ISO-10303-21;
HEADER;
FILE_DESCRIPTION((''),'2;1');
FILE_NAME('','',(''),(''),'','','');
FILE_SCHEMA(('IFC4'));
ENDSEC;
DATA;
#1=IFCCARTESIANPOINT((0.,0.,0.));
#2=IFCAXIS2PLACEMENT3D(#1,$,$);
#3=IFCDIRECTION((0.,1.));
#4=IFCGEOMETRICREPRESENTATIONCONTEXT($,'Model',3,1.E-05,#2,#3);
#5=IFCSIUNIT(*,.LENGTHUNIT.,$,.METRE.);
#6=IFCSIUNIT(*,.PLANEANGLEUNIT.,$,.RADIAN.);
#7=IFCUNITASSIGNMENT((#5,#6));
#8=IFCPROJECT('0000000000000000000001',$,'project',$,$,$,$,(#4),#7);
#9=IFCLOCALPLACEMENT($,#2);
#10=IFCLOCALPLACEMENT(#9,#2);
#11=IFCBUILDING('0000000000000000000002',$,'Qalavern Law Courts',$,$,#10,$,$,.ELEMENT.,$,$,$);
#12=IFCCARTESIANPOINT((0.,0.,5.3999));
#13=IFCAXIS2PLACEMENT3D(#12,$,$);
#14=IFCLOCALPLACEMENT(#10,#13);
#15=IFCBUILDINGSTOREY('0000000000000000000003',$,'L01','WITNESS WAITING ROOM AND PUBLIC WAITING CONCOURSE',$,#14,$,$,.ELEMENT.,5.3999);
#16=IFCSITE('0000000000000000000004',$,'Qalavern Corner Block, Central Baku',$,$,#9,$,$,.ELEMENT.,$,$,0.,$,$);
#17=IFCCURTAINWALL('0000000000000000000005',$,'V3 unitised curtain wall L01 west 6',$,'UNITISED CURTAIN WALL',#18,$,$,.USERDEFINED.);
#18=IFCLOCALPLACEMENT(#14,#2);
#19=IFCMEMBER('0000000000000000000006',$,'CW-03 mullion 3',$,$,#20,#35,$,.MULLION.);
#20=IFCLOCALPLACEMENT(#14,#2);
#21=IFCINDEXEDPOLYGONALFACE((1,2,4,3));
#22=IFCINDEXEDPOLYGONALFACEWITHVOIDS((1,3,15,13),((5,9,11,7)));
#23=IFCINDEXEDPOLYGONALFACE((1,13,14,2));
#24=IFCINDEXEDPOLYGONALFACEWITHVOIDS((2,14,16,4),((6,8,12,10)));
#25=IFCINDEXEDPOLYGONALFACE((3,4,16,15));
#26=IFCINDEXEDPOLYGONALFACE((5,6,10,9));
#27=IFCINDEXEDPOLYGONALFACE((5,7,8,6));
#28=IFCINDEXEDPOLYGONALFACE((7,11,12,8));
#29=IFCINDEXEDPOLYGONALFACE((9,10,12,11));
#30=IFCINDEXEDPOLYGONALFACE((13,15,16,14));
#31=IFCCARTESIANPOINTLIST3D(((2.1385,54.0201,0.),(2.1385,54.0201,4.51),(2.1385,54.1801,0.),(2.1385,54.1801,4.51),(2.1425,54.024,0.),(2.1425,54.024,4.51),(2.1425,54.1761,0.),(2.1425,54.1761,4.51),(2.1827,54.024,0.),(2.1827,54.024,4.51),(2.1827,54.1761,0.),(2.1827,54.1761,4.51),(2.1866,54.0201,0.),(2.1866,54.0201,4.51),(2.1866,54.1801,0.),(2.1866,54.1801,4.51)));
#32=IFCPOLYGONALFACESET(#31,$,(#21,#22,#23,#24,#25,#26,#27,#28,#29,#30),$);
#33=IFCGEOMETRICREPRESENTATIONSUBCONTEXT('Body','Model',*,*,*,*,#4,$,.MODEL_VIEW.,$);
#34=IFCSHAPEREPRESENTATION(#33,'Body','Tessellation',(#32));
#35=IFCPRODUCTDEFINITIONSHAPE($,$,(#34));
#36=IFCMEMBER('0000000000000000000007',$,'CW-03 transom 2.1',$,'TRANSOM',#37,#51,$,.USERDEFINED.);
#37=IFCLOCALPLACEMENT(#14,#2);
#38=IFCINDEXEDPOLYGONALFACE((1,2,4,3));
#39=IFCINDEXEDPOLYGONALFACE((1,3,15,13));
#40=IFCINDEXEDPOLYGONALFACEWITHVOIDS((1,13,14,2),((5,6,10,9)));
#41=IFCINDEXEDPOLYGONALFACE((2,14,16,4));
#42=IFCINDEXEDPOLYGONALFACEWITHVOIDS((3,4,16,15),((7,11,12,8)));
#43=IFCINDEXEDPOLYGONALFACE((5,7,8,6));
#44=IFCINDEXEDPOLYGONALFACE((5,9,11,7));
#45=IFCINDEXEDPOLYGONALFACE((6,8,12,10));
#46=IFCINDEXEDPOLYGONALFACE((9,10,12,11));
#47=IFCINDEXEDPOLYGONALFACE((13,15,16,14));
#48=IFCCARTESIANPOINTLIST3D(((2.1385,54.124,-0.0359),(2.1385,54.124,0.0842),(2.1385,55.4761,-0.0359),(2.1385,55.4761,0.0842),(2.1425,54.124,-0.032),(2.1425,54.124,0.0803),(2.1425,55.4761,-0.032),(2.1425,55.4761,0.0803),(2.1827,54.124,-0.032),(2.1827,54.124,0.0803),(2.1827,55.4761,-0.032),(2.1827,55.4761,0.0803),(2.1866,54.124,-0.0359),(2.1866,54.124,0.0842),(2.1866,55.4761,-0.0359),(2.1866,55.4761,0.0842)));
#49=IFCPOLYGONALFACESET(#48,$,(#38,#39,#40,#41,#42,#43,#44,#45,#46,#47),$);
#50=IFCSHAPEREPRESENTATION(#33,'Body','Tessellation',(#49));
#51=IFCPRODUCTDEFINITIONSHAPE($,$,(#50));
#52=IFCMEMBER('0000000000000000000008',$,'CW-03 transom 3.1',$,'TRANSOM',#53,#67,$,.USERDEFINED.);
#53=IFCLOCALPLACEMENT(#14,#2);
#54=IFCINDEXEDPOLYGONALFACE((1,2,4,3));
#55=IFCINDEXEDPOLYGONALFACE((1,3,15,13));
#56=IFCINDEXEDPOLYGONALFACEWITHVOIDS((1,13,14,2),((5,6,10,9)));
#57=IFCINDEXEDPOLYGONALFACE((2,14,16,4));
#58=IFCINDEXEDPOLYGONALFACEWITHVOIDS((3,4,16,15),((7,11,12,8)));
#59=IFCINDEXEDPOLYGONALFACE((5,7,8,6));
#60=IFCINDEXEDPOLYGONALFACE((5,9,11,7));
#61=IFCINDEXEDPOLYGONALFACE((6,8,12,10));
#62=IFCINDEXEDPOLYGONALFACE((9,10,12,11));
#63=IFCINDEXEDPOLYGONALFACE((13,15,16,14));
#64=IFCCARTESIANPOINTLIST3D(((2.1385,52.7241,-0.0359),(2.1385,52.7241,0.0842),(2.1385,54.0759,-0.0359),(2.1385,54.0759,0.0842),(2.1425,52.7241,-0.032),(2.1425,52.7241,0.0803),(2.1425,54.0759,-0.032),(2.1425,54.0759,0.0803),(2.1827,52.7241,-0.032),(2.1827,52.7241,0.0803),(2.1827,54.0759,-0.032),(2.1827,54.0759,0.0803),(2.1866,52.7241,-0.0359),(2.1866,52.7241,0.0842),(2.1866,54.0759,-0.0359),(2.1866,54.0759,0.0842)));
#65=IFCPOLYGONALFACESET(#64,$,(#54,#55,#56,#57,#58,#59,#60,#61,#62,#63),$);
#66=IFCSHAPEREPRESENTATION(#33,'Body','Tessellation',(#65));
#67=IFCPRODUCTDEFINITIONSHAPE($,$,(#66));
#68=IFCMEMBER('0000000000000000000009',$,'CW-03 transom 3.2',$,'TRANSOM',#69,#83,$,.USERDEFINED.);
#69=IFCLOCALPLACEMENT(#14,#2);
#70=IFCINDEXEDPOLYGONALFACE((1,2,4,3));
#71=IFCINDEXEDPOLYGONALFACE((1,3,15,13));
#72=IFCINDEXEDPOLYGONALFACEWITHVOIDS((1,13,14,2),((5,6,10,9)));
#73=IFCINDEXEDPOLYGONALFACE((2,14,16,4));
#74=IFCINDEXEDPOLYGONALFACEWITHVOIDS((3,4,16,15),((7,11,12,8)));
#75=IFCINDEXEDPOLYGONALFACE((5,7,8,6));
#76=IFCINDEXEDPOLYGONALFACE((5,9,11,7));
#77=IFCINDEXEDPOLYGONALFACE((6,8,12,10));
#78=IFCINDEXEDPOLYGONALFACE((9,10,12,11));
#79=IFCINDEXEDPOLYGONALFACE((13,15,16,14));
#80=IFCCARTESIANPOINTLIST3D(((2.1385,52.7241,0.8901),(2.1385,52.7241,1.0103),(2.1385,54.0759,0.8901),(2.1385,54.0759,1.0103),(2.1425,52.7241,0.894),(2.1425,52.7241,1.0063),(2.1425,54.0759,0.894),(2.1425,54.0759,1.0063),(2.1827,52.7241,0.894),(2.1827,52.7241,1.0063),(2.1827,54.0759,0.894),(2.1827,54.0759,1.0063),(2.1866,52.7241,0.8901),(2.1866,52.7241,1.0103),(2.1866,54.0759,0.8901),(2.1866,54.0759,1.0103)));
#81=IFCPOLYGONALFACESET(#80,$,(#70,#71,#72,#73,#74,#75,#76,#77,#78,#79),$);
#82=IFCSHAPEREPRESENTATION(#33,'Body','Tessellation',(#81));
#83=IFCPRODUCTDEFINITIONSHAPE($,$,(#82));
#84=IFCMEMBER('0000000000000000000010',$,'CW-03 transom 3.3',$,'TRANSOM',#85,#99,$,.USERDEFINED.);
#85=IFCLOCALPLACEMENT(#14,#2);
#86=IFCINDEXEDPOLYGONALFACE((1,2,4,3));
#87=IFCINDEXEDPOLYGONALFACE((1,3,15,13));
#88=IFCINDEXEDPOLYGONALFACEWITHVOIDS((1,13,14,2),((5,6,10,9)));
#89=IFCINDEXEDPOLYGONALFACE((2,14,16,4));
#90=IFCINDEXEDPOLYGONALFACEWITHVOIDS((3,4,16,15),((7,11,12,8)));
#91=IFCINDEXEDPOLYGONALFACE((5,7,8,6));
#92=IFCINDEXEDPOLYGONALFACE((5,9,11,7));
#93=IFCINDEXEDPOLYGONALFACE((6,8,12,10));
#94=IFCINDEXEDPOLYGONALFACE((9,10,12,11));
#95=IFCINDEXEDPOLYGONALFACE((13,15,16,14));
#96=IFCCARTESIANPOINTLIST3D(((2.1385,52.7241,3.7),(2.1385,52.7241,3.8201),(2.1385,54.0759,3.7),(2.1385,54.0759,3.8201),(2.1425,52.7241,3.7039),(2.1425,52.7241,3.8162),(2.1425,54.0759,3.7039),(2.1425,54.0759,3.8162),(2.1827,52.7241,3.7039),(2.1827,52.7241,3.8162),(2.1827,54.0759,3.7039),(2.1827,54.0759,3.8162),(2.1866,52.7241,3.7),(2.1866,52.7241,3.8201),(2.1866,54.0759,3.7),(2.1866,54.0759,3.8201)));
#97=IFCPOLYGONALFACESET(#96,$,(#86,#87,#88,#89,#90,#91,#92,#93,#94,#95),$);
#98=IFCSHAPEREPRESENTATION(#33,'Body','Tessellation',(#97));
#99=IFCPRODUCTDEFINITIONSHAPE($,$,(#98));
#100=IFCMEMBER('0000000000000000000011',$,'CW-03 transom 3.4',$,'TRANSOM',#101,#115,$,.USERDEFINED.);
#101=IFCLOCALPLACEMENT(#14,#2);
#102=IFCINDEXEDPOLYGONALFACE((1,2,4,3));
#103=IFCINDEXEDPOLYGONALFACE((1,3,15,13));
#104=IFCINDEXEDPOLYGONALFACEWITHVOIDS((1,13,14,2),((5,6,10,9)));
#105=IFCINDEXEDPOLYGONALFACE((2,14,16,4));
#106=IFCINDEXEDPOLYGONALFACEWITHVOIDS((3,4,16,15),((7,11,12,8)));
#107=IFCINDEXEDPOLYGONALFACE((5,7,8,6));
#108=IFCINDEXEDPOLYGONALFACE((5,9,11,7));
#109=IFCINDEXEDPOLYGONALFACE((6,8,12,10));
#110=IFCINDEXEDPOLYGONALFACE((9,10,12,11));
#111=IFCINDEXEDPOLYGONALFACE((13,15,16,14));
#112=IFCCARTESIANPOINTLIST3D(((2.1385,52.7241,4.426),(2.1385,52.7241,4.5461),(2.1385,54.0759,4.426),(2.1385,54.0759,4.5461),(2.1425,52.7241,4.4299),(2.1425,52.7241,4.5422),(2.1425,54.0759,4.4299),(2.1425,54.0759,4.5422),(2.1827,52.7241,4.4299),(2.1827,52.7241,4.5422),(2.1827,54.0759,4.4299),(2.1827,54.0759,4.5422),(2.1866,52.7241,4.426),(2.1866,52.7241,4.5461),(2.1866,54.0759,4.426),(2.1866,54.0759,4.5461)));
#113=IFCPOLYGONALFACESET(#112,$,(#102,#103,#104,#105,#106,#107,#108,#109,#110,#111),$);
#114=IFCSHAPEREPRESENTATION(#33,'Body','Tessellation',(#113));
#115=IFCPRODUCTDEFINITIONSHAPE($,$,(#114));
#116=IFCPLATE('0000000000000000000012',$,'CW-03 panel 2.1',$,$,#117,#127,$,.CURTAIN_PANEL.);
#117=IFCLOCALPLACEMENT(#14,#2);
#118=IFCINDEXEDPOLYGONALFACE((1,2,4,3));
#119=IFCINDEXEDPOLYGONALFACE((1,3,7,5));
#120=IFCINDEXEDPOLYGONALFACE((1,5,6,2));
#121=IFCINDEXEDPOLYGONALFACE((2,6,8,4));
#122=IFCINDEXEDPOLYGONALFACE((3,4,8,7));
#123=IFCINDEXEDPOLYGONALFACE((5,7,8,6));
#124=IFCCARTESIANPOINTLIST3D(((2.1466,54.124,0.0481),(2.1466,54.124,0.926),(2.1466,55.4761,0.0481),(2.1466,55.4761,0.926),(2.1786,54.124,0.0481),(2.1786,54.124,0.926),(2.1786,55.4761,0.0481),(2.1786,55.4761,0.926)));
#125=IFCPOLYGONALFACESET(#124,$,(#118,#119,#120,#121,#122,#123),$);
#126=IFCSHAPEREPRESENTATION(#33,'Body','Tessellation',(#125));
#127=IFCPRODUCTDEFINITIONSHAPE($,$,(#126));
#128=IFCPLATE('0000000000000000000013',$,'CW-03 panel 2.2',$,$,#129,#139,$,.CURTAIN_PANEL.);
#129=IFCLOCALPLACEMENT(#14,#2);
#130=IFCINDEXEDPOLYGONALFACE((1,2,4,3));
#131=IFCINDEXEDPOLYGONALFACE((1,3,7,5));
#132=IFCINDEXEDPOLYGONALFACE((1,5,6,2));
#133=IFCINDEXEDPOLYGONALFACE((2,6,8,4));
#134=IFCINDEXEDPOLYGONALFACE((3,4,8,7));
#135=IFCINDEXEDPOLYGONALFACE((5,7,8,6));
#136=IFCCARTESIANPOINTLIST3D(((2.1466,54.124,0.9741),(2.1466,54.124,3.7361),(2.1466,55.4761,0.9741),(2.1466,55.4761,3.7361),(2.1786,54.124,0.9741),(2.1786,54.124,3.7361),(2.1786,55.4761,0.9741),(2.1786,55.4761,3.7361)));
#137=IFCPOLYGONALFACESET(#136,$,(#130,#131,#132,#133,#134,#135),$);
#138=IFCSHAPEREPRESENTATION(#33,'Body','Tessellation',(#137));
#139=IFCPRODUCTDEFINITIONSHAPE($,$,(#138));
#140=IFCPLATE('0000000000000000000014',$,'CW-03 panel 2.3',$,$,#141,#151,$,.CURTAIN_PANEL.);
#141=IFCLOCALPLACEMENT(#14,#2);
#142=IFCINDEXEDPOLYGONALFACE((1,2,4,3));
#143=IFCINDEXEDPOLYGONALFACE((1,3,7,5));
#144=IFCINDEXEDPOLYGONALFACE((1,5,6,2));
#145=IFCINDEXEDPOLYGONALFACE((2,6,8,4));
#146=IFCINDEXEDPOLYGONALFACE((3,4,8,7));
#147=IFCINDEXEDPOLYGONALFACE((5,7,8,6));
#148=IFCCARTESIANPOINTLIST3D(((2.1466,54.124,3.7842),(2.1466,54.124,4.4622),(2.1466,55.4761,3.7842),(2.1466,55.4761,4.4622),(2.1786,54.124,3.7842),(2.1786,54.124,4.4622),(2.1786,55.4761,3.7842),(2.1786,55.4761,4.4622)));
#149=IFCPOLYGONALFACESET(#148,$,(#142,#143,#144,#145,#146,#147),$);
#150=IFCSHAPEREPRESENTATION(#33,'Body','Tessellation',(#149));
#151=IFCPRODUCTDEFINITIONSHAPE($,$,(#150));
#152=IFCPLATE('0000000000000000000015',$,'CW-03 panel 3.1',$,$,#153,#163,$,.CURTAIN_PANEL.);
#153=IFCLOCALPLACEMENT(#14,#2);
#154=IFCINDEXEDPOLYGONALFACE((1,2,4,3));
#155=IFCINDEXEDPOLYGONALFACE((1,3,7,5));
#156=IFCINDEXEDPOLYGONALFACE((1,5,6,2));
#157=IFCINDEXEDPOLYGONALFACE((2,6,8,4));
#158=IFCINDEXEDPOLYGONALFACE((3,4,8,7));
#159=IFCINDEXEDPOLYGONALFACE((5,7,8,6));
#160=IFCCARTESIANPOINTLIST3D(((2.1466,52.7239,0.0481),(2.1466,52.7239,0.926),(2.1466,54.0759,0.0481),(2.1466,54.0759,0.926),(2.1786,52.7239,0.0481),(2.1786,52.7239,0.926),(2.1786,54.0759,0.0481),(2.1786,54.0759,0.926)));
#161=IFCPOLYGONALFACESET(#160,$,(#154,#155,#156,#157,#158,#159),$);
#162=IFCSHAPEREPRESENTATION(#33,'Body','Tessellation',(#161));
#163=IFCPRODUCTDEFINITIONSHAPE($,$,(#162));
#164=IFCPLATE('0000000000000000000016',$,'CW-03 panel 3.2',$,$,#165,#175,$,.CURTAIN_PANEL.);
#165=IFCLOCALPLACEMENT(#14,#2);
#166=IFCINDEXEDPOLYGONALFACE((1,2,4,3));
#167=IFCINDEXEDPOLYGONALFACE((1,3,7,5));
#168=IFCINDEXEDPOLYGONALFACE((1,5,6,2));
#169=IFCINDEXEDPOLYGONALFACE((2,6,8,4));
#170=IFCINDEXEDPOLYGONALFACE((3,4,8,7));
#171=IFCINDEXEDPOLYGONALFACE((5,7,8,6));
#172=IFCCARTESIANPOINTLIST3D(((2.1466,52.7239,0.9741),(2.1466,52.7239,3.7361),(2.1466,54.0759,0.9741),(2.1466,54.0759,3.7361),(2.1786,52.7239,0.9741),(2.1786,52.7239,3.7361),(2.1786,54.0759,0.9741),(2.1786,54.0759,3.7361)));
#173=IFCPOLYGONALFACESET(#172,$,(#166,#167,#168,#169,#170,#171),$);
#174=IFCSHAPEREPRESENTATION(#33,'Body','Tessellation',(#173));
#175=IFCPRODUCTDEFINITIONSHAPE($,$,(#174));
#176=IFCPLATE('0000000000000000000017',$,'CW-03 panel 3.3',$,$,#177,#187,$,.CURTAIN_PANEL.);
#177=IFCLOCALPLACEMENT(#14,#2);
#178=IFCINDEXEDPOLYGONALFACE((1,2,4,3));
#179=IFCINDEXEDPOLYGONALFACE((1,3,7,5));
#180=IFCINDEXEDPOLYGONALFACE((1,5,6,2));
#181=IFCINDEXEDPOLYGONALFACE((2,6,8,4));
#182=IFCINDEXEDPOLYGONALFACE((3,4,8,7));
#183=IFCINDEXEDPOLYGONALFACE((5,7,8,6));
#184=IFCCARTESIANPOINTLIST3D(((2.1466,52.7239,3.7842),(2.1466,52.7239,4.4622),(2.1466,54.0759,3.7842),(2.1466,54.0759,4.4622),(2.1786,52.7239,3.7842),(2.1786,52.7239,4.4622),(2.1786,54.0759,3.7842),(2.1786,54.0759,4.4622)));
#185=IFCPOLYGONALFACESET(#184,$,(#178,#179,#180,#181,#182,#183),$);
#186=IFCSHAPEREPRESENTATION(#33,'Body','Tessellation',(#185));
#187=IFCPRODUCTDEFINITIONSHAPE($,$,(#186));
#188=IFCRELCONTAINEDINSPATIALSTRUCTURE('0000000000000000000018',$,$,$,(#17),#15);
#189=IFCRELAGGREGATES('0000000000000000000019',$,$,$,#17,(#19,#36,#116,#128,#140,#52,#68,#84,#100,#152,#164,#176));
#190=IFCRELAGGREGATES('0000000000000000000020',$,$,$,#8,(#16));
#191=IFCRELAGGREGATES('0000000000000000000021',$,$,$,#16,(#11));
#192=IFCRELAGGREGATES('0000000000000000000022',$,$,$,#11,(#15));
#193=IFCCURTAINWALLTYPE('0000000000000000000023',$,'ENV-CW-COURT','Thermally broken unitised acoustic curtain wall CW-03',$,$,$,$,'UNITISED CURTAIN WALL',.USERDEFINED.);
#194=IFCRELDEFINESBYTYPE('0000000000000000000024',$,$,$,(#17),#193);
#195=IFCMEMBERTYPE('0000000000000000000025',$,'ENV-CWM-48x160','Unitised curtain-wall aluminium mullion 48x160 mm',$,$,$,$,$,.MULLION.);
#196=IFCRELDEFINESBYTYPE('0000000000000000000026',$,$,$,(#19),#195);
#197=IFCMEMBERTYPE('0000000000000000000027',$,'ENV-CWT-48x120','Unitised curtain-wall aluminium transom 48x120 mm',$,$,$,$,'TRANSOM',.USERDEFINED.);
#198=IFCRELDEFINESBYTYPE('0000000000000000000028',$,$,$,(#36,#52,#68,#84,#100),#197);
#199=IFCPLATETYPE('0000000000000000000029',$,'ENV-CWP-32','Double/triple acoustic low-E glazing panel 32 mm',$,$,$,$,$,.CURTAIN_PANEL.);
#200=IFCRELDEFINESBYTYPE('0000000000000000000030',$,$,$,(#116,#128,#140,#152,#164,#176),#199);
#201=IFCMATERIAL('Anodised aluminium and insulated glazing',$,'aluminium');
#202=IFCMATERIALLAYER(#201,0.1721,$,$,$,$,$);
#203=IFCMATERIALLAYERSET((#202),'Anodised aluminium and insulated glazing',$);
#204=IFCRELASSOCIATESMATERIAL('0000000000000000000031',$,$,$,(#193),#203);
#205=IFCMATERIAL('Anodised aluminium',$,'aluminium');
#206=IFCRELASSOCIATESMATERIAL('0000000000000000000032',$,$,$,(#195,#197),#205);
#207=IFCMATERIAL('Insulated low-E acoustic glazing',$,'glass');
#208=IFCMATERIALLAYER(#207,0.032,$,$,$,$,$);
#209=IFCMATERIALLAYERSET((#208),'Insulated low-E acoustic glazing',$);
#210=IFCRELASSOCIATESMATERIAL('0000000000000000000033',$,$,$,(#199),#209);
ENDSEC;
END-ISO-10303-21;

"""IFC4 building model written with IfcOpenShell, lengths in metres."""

from ifc_helpers import new_model, si_unit, direction, frame, origin, origin_2d, place, context, subcontext, project, spatial, rectangle, hollow_rectangle, extrude, material, layer, layer_set, material_profile, profile_set, type_object, element, aggregate, save


model = new_model("IFC4")

# Units and contexts
model_context = context("Model", 3, precision=1e-05, world=origin(), true_north=direction((0.0, 1.0)))
body_context = subcontext(model_context, "Body", "Model", "MODEL_VIEW")
ifc_project = project(units=[si_unit("LENGTHUNIT", "METRE"), si_unit("PLANEANGLEUNIT", "RADIAN")], contexts=[model_context])

# Site, building, storey
site_placement = place(None, origin())
site = spatial("IfcSite", under=ifc_project, at=site_placement, Name="Qalavern Corner Block, Central Baku", CompositionType="ELEMENT", RefElevation=0.0)
building_placement = place(site_placement, origin())
building = spatial("IfcBuilding", under=site, at=building_placement, Name="Qalavern Law Courts", CompositionType="ELEMENT")
storey_placement = place(building_placement, frame((0.0, 0.0, 5.3999)))
storey = spatial("IfcBuildingStorey", under=building, at=storey_placement, Name="L01", Description="WITNESS WAITING ROOM AND PUBLIC WAITING CONCOURSE", CompositionType="ELEMENT", Elevation=5.3999)

# Curtain wall, members, plates
ifc_material_1 = material(Name="Anodised aluminium and insulated glazing", Category="aluminium")
ifc_layer_1 = layer(ifc_material_1, 0.1721)
ifc_layer_set_1 = layer_set([ifc_layer_1], Name="Anodised aluminium and insulated glazing")
curtain_wall_type = type_object("IfcCurtainWallType", Name="ENV-CW-COURT", Description="Thermally broken unitised acoustic curtain wall CW-03", ElementType="UNITISED CURTAIN WALL", PredefinedType="USERDEFINED", material=ifc_layer_set_1)
curtain_wall_placement = place(storey_placement, origin())
curtain_wall = element("IfcCurtainWall", 1, at=curtain_wall_placement, inside=storey, type_object=curtain_wall_type, Name="V3 unitised curtain wall L01 west 6", ObjectType="UNITISED CURTAIN WALL", PredefinedType="USERDEFINED")
ifc_material_2 = material(Name="Anodised aluminium", Category="aluminium")
ifc_material_profile_1 = material_profile(ifc_material_2, hollow_rectangle(XDim=0.0481, YDim=0.1599, WallThickness=0.0039, at=origin_2d()), Name="ALU MULLION 48x160")
ifc_profile_set_1 = profile_set([ifc_material_profile_1], Name="Anodised aluminium")
member_type_1 = type_object("IfcMemberType", Name="ENV-CWM-48x160", Description="Unitised curtain-wall aluminium mullion 48x160 mm", PredefinedType="MULLION", material=ifc_profile_set_1)
member_1_placement = place(storey_placement, frame((2.1626, 54.1001, 0.0), z_axis=(0.0, 0.0, 1.0), x_axis=(1.0, 0.0, 0.0)))
member_1 = element("IfcMember", 2, at=member_1_placement, type_object=member_type_1, Name="CW-03 mullion 3", PredefinedType="MULLION", context=body_context, shape_type="SweptSolid", body=[
    extrude(hollow_rectangle(XDim=0.0481, YDim=0.1599, WallThickness=0.0039, at=origin_2d()), origin(), (0.0, 0.0, 1.0), 4.51),
])
ifc_material_profile_2 = material_profile(ifc_material_2, hollow_rectangle(XDim=0.0481, YDim=0.1201, WallThickness=0.0039, at=origin_2d()), Name="ALU TRANSOM 48x120")
ifc_profile_set_2 = profile_set([ifc_material_profile_2], Name="Anodised aluminium")
member_type_2 = type_object("IfcMemberType", Name="ENV-CWT-48x120", Description="Unitised curtain-wall aluminium transom 48x120 mm", ElementType="TRANSOM", PredefinedType="USERDEFINED", material=ifc_profile_set_2)
member_2_placement = place(storey_placement, frame((2.1626, 55.4761, 0.0242), z_axis=(0.0, -1.0, 0.0), x_axis=(1.0, 0.0, 0.0)))
member_2 = element("IfcMember", 3, at=member_2_placement, type_object=member_type_2, Name="CW-03 transom 2.1", ObjectType="TRANSOM", PredefinedType="USERDEFINED", context=body_context, shape_type="SweptSolid", body=[
    extrude(hollow_rectangle(XDim=0.0481, YDim=0.1201, WallThickness=0.0039, at=origin_2d()), origin(), (0.0, 0.0, 1.0), 1.3521),
])
member_3_placement = place(storey_placement, frame((2.1626, 54.0759, 0.0242), z_axis=(0.0, -1.0, 0.0), x_axis=(1.0, 0.0, 0.0)))
member_3 = element("IfcMember", 4, at=member_3_placement, type_object=member_type_2, Name="CW-03 transom 3.1", ObjectType="TRANSOM", PredefinedType="USERDEFINED", context=body_context, shape_type="SweptSolid", body=[
    extrude(hollow_rectangle(XDim=0.0481, YDim=0.1201, WallThickness=0.0039, at=origin_2d()), origin(), (0.0, 0.0, 1.0), 1.3518),
])
member_4_placement = place(storey_placement, frame((2.1626, 54.0759, 0.9502), z_axis=(0.0, -1.0, 0.0), x_axis=(1.0, 0.0, 0.0)))
member_4 = element("IfcMember", 5, at=member_4_placement, type_object=member_type_2, Name="CW-03 transom 3.2", ObjectType="TRANSOM", PredefinedType="USERDEFINED", context=body_context, shape_type="SweptSolid", body=[
    extrude(hollow_rectangle(XDim=0.0481, YDim=0.1201, WallThickness=0.0039, at=origin_2d()), origin(), (0.0, 0.0, 1.0), 1.3518),
])
member_5_placement = place(storey_placement, frame((2.1626, 54.0759, 3.76), z_axis=(0.0, -1.0, 0.0), x_axis=(1.0, 0.0, 0.0)))
member_5 = element("IfcMember", 6, at=member_5_placement, type_object=member_type_2, Name="CW-03 transom 3.3", ObjectType="TRANSOM", PredefinedType="USERDEFINED", context=body_context, shape_type="SweptSolid", body=[
    extrude(hollow_rectangle(XDim=0.0481, YDim=0.1201, WallThickness=0.0039, at=origin_2d()), origin(), (0.0, 0.0, 1.0), 1.3518),
])
member_6_placement = place(storey_placement, frame((2.1626, 54.0759, 4.4861), z_axis=(0.0, -1.0, 0.0), x_axis=(1.0, 0.0, 0.0)))
member_6 = element("IfcMember", 7, at=member_6_placement, type_object=member_type_2, Name="CW-03 transom 3.4", ObjectType="TRANSOM", PredefinedType="USERDEFINED", context=body_context, shape_type="SweptSolid", body=[
    extrude(hollow_rectangle(XDim=0.0481, YDim=0.1201, WallThickness=0.0039, at=origin_2d()), origin(), (0.0, 0.0, 1.0), 1.3518),
])
ifc_material_3 = material(Name="Insulated low-E acoustic glazing", Category="glass")
ifc_layer_2 = layer(ifc_material_3, 0.032)
ifc_layer_set_2 = layer_set([ifc_layer_2], Name="Insulated low-E acoustic glazing")
plate_type = type_object("IfcPlateType", Name="ENV-CWP-32", Description="Double/triple acoustic low-E glazing panel 32 mm", PredefinedType="CURTAIN_PANEL", material=ifc_layer_set_2)
plate_1_placement = place(storey_placement, frame((2.1626, 54.8, 0.0481), z_axis=(0.0, 0.0, 1.0), x_axis=(0.0, -1.0, 0.0)))
plate_1 = element("IfcPlate", 8, at=plate_1_placement, type_object=plate_type, Name="CW-03 panel 2.1", PredefinedType="CURTAIN_PANEL", context=body_context, shape_type="SweptSolid", body=[
    extrude(rectangle(XDim=1.3521, YDim=0.032, at=origin_2d()), origin(), (0.0, 0.0, 1.0), 0.8779),
])
plate_2_placement = place(storey_placement, frame((2.1626, 54.8, 0.9741), z_axis=(0.0, 0.0, 1.0), x_axis=(0.0, -1.0, 0.0)))
plate_2 = element("IfcPlate", 9, at=plate_2_placement, type_object=plate_type, Name="CW-03 panel 2.2", PredefinedType="CURTAIN_PANEL", context=body_context, shape_type="SweptSolid", body=[
    extrude(rectangle(XDim=1.3521, YDim=0.032, at=origin_2d()), origin(), (0.0, 0.0, 1.0), 2.762),
])
plate_3_placement = place(storey_placement, frame((2.1626, 54.8, 3.7842), z_axis=(0.0, 0.0, 1.0), x_axis=(0.0, -1.0, 0.0)))
plate_3 = element("IfcPlate", 10, at=plate_3_placement, type_object=plate_type, Name="CW-03 panel 2.3", PredefinedType="CURTAIN_PANEL", context=body_context, shape_type="SweptSolid", body=[
    extrude(rectangle(XDim=1.3521, YDim=0.032, at=origin_2d()), origin(), (0.0, 0.0, 1.0), 0.678),
])
plate_4_placement = place(storey_placement, frame((2.1626, 53.3999, 0.0481), z_axis=(0.0, 0.0, 1.0), x_axis=(0.0, -1.0, 0.0)))
plate_4 = element("IfcPlate", 11, at=plate_4_placement, type_object=plate_type, Name="CW-03 panel 3.1", PredefinedType="CURTAIN_PANEL", context=body_context, shape_type="SweptSolid", body=[
    extrude(rectangle(XDim=1.3521, YDim=0.032, at=origin_2d()), origin(), (0.0, 0.0, 1.0), 0.8779),
])
plate_5_placement = place(storey_placement, frame((2.1626, 53.3999, 0.9741), z_axis=(0.0, 0.0, 1.0), x_axis=(0.0, -1.0, 0.0)))
plate_5 = element("IfcPlate", 12, at=plate_5_placement, type_object=plate_type, Name="CW-03 panel 3.2", PredefinedType="CURTAIN_PANEL", context=body_context, shape_type="SweptSolid", body=[
    extrude(rectangle(XDim=1.3521, YDim=0.032, at=origin_2d()), origin(), (0.0, 0.0, 1.0), 2.762),
])
plate_6_placement = place(storey_placement, frame((2.1626, 53.3999, 3.7842), z_axis=(0.0, 0.0, 1.0), x_axis=(0.0, -1.0, 0.0)))
plate_6 = element("IfcPlate", 13, at=plate_6_placement, type_object=plate_type, Name="CW-03 panel 3.3", PredefinedType="CURTAIN_PANEL", context=body_context, shape_type="SweptSolid", body=[
    extrude(rectangle(XDim=1.3521, YDim=0.032, at=origin_2d()), origin(), (0.0, 0.0, 1.0), 0.678),
])
aggregate(curtain_wall, [member_1, member_2, plate_1, plate_2, plate_3, member_3, member_4, member_5, member_6, plate_4, plate_5, plate_6])

save(model, "model.ifc")
